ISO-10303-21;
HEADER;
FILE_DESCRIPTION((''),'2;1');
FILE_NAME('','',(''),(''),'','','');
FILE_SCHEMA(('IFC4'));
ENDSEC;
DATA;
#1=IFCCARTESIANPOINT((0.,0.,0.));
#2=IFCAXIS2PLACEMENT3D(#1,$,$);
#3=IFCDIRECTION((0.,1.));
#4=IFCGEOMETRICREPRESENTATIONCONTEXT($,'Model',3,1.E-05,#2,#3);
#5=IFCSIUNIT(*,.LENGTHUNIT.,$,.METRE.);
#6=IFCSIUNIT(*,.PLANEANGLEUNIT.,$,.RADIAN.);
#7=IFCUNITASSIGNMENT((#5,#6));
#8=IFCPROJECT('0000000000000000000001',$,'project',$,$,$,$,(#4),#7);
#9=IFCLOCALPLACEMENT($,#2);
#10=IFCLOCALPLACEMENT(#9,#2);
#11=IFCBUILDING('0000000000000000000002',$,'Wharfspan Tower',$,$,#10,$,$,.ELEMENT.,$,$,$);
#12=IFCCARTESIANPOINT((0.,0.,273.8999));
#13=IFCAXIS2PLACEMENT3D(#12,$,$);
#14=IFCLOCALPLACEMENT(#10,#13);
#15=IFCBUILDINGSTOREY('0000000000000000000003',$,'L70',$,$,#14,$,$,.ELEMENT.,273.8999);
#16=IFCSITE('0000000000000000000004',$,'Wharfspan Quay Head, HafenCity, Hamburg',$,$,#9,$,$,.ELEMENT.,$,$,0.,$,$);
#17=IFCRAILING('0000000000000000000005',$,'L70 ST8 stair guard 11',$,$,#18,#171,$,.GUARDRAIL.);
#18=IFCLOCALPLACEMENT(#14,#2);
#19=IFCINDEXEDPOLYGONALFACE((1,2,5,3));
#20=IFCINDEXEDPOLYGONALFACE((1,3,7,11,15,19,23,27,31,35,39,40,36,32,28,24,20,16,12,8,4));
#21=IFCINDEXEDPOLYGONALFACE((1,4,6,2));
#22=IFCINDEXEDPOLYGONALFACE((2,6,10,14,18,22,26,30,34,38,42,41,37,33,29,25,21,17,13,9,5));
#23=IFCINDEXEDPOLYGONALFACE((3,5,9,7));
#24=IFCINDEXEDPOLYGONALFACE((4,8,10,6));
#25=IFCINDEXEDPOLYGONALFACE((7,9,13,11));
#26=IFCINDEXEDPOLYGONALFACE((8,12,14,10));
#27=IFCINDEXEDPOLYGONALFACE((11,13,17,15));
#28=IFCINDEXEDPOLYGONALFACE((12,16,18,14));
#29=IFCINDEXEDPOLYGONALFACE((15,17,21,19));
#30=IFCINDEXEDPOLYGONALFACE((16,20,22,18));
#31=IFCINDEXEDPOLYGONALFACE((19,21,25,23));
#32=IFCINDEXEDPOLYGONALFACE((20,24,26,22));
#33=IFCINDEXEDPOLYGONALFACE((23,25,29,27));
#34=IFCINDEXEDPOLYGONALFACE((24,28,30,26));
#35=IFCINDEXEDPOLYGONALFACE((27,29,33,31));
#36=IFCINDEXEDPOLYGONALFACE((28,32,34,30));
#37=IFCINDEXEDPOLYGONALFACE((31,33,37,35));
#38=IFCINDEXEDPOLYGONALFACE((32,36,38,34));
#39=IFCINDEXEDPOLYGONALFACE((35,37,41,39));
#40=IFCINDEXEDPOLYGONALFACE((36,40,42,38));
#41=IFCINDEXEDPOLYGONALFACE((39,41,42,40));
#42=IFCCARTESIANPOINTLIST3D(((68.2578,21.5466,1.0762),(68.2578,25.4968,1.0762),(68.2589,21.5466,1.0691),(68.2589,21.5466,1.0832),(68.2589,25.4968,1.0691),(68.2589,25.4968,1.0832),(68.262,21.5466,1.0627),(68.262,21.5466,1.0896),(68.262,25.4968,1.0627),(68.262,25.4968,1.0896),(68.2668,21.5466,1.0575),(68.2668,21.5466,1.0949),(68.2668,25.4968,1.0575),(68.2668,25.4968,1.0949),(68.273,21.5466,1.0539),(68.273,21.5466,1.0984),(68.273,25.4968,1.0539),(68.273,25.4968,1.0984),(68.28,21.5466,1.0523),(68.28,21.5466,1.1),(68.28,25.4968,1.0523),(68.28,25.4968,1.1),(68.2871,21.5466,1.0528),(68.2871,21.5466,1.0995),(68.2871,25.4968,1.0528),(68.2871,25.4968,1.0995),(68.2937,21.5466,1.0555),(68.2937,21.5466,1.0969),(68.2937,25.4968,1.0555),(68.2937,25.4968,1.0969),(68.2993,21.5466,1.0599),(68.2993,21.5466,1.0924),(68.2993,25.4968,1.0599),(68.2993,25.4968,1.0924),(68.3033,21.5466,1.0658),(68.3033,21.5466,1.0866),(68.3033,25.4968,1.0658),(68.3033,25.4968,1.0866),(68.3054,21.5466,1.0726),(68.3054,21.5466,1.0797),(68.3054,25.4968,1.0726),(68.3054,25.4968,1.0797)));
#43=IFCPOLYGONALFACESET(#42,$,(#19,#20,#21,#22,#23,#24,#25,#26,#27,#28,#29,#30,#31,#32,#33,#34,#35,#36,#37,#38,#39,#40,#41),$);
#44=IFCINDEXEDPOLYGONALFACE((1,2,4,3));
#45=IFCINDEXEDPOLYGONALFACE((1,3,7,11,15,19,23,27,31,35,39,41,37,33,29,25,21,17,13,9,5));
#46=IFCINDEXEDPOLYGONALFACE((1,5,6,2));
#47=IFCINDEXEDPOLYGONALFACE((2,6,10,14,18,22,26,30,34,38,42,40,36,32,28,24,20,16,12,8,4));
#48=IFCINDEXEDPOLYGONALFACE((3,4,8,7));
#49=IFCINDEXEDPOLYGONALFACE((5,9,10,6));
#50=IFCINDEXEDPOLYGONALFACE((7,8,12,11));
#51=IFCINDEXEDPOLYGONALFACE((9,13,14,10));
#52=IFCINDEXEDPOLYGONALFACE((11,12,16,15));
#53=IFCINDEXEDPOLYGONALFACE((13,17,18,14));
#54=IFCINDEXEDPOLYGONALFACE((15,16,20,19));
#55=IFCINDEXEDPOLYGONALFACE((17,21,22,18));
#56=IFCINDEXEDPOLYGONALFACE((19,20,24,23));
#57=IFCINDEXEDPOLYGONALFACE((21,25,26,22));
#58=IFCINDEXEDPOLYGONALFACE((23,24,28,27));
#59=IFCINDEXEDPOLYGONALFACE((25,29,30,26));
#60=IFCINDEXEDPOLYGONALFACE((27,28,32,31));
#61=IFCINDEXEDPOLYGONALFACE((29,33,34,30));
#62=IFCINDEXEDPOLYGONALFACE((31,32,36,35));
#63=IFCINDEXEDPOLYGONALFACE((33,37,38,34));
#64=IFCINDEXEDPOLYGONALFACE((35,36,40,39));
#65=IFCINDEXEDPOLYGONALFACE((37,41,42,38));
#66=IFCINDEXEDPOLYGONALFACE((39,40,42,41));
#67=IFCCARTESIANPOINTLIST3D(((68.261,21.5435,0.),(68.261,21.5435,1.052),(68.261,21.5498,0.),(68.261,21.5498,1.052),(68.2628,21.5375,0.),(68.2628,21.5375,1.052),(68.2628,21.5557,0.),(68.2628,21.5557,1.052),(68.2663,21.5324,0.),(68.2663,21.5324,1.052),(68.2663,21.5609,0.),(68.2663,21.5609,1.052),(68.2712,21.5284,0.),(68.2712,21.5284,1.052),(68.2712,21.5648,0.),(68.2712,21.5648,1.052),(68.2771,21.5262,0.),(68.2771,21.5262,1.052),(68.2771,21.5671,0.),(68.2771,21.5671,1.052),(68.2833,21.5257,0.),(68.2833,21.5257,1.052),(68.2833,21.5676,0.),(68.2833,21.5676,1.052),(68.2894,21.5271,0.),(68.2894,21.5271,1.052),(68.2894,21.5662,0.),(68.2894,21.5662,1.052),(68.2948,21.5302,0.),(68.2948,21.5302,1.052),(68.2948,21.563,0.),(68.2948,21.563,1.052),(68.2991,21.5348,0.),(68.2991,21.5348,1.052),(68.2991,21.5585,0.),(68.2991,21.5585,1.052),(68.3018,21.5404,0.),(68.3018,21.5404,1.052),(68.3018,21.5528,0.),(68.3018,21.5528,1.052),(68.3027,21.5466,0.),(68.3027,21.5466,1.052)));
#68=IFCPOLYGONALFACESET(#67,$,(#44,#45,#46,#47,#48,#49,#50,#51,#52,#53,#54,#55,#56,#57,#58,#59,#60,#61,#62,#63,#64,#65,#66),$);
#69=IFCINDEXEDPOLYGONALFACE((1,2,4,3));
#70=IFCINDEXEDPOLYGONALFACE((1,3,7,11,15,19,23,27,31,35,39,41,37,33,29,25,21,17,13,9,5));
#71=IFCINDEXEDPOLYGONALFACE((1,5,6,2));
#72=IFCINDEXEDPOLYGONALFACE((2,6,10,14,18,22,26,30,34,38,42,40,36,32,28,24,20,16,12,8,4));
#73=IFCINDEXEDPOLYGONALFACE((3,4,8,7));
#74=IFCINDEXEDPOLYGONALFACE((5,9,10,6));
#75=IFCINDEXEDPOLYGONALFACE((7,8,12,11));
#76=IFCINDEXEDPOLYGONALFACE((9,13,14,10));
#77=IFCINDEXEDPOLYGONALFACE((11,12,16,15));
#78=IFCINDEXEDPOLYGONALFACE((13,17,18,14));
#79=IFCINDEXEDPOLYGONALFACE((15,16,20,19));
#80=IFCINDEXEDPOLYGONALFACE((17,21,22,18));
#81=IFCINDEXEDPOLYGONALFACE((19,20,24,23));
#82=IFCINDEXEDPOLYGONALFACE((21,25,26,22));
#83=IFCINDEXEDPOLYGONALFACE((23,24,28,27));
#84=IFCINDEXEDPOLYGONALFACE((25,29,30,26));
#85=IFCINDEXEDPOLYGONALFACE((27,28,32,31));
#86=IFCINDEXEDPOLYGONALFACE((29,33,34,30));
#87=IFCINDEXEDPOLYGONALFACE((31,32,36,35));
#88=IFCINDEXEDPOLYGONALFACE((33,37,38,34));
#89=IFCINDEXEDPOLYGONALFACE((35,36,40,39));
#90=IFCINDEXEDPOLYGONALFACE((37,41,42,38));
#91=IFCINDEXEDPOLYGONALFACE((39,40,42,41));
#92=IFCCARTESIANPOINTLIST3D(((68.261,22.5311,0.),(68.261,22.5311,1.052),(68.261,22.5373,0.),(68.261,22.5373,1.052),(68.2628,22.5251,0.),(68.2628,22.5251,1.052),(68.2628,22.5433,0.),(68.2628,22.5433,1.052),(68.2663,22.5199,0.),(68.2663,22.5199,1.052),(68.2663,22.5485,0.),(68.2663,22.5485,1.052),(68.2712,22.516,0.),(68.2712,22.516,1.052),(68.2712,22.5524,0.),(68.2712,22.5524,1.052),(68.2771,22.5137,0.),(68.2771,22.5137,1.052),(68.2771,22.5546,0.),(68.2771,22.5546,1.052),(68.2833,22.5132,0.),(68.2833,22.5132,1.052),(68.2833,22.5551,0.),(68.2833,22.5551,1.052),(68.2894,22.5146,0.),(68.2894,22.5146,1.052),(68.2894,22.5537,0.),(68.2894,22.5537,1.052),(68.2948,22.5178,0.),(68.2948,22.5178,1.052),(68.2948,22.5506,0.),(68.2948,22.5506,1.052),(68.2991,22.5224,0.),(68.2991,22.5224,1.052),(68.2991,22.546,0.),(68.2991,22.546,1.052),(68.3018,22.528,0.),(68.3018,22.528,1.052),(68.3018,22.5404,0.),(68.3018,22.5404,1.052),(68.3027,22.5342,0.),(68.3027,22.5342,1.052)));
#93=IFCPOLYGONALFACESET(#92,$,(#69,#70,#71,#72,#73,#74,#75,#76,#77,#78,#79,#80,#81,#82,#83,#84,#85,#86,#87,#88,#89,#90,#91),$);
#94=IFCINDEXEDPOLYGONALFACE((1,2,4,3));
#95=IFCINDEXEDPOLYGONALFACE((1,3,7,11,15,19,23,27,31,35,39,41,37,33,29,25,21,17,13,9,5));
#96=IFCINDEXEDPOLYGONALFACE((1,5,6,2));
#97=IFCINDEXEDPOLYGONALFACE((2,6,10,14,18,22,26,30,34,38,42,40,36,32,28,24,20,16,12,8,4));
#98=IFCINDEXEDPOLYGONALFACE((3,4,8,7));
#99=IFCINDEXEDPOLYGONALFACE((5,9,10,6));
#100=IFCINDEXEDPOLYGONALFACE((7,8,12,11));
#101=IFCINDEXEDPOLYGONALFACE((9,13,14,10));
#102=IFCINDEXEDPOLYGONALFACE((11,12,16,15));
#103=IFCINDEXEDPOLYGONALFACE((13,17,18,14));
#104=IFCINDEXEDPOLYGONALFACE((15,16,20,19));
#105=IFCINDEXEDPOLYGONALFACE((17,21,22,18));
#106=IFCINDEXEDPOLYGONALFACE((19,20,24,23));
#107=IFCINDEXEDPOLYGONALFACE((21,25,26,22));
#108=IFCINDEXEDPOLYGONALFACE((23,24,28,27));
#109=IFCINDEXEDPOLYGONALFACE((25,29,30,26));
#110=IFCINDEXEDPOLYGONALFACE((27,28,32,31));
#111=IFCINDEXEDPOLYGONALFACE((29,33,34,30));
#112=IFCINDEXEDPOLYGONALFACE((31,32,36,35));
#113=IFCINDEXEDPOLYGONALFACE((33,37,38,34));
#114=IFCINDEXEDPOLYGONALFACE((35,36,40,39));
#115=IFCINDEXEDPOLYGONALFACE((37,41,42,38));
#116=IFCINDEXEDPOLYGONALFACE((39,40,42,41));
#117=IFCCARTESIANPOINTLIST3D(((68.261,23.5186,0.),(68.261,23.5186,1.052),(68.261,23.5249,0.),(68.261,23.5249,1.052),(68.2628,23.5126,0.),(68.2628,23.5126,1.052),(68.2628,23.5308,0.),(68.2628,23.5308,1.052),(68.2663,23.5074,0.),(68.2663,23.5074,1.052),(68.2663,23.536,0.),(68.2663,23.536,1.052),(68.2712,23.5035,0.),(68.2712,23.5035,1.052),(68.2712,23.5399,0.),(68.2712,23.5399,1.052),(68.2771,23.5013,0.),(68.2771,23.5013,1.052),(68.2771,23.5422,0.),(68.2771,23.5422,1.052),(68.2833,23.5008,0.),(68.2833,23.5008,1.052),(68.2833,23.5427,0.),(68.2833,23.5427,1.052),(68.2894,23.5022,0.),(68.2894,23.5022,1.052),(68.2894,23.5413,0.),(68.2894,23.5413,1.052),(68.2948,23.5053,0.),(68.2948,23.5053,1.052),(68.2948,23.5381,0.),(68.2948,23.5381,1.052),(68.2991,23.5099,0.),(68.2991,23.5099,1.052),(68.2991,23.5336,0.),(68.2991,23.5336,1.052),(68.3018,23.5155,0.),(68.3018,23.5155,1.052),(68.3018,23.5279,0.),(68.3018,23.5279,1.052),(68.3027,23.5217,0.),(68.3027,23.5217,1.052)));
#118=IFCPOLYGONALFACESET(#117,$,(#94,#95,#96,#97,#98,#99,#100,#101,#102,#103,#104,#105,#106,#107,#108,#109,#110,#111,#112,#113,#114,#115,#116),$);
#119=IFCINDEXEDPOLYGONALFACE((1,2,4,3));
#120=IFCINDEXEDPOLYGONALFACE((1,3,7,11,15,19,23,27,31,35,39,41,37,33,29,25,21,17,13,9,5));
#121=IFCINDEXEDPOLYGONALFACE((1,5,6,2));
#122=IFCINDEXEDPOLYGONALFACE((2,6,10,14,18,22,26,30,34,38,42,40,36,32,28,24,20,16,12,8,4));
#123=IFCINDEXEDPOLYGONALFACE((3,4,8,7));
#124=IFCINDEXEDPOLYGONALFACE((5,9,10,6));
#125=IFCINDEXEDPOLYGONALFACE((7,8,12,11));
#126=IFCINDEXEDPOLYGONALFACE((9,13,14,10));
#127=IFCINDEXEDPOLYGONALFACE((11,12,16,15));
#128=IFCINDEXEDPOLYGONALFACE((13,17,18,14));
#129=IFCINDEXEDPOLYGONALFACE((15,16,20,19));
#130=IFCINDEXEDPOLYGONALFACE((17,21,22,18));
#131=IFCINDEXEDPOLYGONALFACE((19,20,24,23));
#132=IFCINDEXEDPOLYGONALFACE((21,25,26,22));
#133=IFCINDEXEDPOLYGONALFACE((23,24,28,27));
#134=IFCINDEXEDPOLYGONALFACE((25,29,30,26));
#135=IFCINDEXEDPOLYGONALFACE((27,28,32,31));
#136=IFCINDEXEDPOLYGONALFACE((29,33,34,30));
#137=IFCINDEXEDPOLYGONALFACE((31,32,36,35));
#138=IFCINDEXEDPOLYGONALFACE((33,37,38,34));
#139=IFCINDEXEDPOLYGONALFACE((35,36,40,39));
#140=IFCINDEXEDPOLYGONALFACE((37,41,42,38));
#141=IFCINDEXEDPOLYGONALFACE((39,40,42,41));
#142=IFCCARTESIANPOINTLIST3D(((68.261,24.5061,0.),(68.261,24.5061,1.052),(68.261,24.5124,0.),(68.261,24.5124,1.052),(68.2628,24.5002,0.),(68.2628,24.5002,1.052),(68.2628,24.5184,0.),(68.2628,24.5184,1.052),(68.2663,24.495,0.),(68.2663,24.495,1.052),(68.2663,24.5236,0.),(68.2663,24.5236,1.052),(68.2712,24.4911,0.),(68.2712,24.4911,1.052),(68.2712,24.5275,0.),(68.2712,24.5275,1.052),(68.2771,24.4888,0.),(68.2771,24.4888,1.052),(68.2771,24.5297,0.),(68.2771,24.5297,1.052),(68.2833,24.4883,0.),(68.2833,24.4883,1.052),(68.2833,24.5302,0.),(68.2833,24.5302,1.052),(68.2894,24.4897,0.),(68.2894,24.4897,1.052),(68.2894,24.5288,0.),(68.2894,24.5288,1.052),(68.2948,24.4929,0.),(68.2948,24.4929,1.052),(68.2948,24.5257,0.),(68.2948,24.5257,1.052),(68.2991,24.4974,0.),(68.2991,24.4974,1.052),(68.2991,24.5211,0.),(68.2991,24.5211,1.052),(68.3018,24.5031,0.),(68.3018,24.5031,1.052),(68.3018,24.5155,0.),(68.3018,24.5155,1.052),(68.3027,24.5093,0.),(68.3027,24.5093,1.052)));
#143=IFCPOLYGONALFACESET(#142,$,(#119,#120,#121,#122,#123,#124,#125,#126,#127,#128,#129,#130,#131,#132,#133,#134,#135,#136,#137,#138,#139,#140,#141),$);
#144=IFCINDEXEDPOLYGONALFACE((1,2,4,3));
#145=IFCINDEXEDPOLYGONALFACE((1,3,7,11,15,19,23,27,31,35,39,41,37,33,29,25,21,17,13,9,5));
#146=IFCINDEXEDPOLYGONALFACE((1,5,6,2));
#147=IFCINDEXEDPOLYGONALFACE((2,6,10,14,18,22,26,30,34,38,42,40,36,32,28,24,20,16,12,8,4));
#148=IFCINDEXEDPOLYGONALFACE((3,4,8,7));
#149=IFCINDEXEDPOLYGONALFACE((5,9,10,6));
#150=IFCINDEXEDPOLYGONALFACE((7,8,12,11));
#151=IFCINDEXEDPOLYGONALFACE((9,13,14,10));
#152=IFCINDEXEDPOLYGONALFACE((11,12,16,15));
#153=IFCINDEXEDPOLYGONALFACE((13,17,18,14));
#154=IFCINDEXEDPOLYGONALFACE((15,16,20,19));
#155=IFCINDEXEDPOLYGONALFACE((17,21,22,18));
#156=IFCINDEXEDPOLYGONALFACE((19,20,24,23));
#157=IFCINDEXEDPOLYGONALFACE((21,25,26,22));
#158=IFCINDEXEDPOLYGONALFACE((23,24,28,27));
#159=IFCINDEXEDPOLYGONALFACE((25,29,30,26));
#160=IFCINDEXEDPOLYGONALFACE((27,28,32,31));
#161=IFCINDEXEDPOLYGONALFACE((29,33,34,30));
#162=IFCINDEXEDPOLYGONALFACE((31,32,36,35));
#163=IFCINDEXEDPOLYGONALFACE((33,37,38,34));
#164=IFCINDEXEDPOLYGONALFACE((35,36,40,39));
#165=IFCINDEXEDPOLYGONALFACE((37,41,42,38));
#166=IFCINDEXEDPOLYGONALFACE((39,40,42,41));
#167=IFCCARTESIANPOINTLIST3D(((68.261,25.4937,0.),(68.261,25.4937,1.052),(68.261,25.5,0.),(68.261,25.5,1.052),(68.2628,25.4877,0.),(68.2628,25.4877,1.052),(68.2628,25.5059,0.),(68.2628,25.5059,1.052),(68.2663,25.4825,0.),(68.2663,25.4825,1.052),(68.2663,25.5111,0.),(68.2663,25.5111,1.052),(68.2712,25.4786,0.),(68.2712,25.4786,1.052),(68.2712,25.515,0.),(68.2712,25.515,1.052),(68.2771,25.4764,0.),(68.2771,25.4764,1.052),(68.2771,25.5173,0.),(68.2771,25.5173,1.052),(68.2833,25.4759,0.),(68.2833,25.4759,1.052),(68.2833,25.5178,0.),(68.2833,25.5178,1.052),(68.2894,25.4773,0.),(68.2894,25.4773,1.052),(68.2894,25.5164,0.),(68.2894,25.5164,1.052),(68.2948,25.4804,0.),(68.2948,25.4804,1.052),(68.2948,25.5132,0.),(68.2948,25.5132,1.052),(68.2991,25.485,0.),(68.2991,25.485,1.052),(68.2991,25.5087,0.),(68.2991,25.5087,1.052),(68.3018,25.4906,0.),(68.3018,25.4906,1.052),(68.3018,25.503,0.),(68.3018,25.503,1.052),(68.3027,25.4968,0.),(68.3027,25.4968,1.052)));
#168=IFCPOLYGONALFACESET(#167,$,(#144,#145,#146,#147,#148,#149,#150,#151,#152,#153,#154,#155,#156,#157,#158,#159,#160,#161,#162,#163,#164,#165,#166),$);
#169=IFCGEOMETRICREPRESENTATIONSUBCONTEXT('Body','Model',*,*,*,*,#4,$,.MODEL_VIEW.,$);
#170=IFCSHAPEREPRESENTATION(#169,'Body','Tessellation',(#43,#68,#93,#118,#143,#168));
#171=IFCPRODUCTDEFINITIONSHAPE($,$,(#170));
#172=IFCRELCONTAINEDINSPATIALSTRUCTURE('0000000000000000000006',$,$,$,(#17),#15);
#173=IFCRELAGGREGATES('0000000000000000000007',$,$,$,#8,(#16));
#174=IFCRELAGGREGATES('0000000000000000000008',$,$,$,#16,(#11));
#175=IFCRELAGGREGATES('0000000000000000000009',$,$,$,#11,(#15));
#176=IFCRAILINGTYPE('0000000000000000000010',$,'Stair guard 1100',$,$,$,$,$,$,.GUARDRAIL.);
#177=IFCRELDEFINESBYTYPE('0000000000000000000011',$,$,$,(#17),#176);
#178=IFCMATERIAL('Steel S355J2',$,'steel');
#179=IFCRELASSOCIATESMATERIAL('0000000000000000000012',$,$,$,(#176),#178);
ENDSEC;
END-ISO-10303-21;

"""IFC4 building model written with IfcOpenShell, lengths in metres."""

from ifc_helpers import new_model, si_unit, direction, frame, origin, origin_2d, place, context, subcontext, project, spatial, circle, extrude, material, type_object, element, save


model = new_model("IFC4")

# Units and contexts
model_context = context("Model", 3, precision=1e-05, world=origin(), true_north=direction((0.0, 1.0)))
body_context = subcontext(model_context, "Body", "Model", "MODEL_VIEW")
ifc_project = project(units=[si_unit("LENGTHUNIT", "METRE"), si_unit("PLANEANGLEUNIT", "RADIAN")], contexts=[model_context])

# Site, building, storey
site_placement = place(None, origin())
site = spatial("IfcSite", under=ifc_project, at=site_placement, Name="Wharfspan Quay Head, HafenCity, Hamburg", CompositionType="ELEMENT", RefElevation=0.0)
building_placement = place(site_placement, origin())
building = spatial("IfcBuilding", under=site, at=building_placement, Name="Wharfspan Tower", CompositionType="ELEMENT")
storey_placement = place(building_placement, frame((0.0, 0.0, 273.8999)))
storey = spatial("IfcBuildingStorey", under=building, at=storey_placement, Name="L70", CompositionType="ELEMENT", Elevation=273.8999)

# Shared definitions
ifc_material_1 = material(Name="Steel S355J2", Category="steel")

# Railing
railing_type_1 = type_object("IfcRailingType", Name="Stair guard 1100", PredefinedType="GUARDRAIL", material=ifc_material_1)
railing_1_placement = place(storey_placement, frame((68.2817, 21.5466, 0.0)))
element("IfcRailing", 1, at=railing_1_placement, inside=storey, type_object=railing_type_1, Name="L70 ST8 stair guard 11", PredefinedType="GUARDRAIL", context=body_context, shape_type="SweptSolid", body=[
    extrude(circle(Radius=0.0239, at=origin_2d()), frame((0.0, 0.0, 1.0762), z_axis=(0.0, 1.0, 0.0), x_axis=(-1.0, 0.0, 0.0)), (0.0, 0.0, 1.0), 3.9502),
    extrude(circle(Radius=0.021, at=origin_2d()), origin(), (0.0, 0.0, 1.0), 1.052),
    extrude(circle(Radius=0.021, at=origin_2d()), frame((0.0, 0.9875, 0.0)), (0.0, 0.0, 1.0), 1.052),
    extrude(circle(Radius=0.021, at=origin_2d()), frame((0.0, 1.9751, 0.0)), (0.0, 0.0, 1.0), 1.052),
    extrude(circle(Radius=0.021, at=origin_2d()), frame((0.0, 2.9626, 0.0)), (0.0, 0.0, 1.0), 1.052),
    extrude(circle(Radius=0.021, at=origin_2d()), frame((0.0, 3.9502, 0.0)), (0.0, 0.0, 1.0), 1.052),
])

save(model, "model.ifc")
